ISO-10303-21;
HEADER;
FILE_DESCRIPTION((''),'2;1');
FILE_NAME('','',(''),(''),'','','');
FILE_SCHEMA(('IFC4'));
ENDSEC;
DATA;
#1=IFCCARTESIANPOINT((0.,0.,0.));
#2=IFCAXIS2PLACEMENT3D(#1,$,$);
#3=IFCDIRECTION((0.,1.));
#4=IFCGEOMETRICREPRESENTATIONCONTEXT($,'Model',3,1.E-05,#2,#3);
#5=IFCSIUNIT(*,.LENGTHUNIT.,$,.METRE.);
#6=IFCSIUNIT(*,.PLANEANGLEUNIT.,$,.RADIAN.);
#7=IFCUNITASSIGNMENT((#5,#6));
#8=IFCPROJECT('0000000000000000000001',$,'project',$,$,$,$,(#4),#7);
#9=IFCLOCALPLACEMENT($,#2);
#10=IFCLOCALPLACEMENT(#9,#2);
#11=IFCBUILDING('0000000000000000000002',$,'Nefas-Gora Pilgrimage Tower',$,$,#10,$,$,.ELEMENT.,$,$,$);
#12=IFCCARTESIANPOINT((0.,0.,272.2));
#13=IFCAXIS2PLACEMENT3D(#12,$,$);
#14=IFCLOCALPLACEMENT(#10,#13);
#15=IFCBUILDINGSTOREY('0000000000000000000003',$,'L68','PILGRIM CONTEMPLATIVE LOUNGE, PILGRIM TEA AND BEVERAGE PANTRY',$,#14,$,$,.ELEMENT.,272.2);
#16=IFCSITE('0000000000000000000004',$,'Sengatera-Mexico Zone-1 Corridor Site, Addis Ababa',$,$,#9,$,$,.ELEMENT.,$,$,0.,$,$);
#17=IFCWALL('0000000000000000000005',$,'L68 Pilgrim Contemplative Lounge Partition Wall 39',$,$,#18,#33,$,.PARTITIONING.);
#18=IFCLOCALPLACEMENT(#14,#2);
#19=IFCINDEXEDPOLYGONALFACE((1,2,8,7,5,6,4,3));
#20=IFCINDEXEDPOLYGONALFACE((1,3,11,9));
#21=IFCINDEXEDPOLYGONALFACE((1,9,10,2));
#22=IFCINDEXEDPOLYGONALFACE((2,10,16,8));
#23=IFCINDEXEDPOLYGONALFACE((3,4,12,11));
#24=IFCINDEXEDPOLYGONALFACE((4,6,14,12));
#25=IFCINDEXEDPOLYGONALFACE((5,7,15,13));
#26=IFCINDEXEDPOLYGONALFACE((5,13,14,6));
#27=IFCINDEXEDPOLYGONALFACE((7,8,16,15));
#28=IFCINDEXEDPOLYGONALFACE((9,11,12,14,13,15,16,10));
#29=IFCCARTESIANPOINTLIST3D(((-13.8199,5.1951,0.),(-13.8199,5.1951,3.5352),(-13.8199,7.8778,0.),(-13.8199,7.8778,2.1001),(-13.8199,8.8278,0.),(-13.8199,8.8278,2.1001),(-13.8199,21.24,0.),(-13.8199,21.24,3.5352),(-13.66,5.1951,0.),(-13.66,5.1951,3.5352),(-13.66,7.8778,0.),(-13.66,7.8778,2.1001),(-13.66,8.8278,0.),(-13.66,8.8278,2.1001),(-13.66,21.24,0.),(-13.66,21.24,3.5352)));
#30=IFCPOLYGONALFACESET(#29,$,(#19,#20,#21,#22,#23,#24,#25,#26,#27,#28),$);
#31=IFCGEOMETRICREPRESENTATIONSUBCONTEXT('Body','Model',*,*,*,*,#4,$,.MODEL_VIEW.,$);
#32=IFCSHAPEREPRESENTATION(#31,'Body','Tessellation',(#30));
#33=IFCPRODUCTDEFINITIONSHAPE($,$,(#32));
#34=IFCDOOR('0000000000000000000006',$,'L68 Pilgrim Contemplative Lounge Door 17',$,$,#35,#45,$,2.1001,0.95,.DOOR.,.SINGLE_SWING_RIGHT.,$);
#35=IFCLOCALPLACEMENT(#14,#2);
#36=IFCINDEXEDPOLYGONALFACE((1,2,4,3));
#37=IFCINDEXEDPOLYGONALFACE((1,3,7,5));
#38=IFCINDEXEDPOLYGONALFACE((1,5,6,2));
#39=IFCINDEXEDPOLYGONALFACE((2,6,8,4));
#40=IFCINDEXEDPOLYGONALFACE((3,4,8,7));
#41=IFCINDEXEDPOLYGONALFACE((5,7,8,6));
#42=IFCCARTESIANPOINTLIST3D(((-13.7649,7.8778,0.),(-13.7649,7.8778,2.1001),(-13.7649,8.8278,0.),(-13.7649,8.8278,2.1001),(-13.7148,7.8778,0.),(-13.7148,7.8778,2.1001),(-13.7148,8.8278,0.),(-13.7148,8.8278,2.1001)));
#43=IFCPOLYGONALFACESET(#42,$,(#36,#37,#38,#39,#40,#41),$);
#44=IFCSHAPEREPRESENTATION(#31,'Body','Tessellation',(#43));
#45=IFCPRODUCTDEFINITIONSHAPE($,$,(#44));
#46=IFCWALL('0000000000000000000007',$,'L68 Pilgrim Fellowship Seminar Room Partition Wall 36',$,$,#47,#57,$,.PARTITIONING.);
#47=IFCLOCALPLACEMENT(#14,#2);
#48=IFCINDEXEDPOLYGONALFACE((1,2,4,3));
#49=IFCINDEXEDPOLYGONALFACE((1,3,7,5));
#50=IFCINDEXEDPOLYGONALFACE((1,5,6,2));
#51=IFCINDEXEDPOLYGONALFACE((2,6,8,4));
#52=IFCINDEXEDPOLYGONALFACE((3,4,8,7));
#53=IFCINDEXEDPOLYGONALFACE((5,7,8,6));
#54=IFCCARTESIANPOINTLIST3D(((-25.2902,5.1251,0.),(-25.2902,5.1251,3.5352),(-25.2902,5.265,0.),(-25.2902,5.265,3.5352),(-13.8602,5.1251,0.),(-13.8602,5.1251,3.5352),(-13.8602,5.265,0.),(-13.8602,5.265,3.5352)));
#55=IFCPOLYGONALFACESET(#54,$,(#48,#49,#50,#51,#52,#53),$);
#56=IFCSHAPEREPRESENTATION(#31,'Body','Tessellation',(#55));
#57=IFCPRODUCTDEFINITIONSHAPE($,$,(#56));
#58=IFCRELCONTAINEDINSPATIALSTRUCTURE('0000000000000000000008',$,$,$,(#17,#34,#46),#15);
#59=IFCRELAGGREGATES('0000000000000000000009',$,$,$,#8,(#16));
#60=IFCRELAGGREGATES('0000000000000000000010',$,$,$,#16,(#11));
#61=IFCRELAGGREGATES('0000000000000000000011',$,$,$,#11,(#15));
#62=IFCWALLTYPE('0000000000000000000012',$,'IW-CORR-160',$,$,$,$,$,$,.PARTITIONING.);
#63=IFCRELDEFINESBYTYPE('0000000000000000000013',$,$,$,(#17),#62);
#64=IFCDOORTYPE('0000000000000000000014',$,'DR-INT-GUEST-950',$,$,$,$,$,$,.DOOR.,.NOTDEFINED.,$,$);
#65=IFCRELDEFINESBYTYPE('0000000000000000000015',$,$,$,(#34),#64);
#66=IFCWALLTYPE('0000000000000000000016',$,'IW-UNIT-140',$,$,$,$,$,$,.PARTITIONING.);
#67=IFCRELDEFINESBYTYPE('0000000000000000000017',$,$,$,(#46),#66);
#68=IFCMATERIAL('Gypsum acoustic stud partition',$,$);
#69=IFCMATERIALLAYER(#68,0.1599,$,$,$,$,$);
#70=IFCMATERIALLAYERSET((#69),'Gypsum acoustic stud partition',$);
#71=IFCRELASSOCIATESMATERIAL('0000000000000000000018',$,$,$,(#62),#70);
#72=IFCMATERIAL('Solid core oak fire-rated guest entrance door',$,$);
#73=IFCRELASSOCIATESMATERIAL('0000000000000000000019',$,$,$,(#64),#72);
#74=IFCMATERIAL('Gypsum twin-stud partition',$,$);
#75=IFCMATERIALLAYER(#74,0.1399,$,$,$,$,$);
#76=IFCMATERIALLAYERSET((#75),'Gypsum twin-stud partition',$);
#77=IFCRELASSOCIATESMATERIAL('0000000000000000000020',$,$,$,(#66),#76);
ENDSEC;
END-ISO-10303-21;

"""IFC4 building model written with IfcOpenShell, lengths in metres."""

from ifc_helpers import new_model, si_unit, direction, frame, frame_2d, origin, place, context, subcontext, project, spatial, rectangle, extrude, source, transform, mapped, material, layer, layer_set, type_object, element, fill, save


model = new_model("IFC4")

# Units and contexts
model_context = context("Model", 3, precision=1e-05, world=origin(), true_north=direction((0.0, 1.0)))
body_context = subcontext(model_context, "Body", "Model", "MODEL_VIEW")
ifc_project = project(units=[si_unit("LENGTHUNIT", "METRE"), si_unit("PLANEANGLEUNIT", "RADIAN")], contexts=[model_context])

# Site, building, storey
site_placement = place(None, origin())
site = spatial("IfcSite", under=ifc_project, at=site_placement, Name="Sengatera-Mexico Zone-1 Corridor Site, Addis Ababa", CompositionType="ELEMENT", RefElevation=0.0)
building_placement = place(site_placement, origin())
building = spatial("IfcBuilding", under=site, at=building_placement, Name="Nefas-Gora Pilgrimage Tower", CompositionType="ELEMENT")
storey_placement = place(building_placement, frame((0.0, 0.0, 272.2)))
storey = spatial("IfcBuildingStorey", under=building, at=storey_placement, Name="L68", Description="PILGRIM CONTEMPLATIVE LOUNGE, PILGRIM TEA AND BEVERAGE PANTRY", CompositionType="ELEMENT", Elevation=272.2)

# Wall, opening, door
ifc_material_1 = material(Name="Gypsum acoustic stud partition")
ifc_layer_1 = layer(ifc_material_1, 0.1599)
ifc_layer_set_1 = layer_set([ifc_layer_1], Name="Gypsum acoustic stud partition")
wall_type_1 = type_object("IfcWallType", Name="IW-CORR-160", PredefinedType="PARTITIONING", material=ifc_layer_set_1)
ifc_material_2 = material(Name="Solid core oak fire-rated guest entrance door")
door_type = type_object("IfcDoorType", Name="DR-INT-GUEST-950", OperationType="NOTDEFINED", PredefinedType="DOOR", material=ifc_material_2)
shared_shape_1 = source(origin(), body_context, "Body", "SweptSolid", [
    extrude(rectangle(XDim=0.95, YDim=2.1001, at=frame_2d((0.4751, 1.05))), frame((0.0, 0.0249, 0.0), z_axis=(0.0, -1.0, 0.0), x_axis=(1.0, 0.0, 0.0)), (0.0, 0.0, 1.0), 0.05),
])
shared_shape_2 = source(origin(), body_context, "Body", "SweptSolid", [
    extrude(rectangle(XDim=16.0449, YDim=0.1599, at=frame_2d((8.0225, 0.0))), origin(), (0.0, 0.0, 1.0), 3.5352),
])
wall_1_placement = place(storey_placement, frame((-13.74, 5.1951, 0.0), z_axis=(0.0, 0.0, 1.0), x_axis=(0.0, 1.0, 0.0)))
wall_1 = element("IfcWall", 1, at=wall_1_placement, inside=storey, type_object=wall_type_1, Name="L68 Pilgrim Contemplative Lounge Partition Wall 39", PredefinedType="PARTITIONING", context=body_context, shape_type="MappedRepresentation", body=[
    mapped(shared_shape_2, transform((0.0, 0.0, 0.0), x_axis=(1.0, 0.0, 0.0), y_axis=(0.0, 1.0, 0.0), z_axis=(0.0, 0.0, 1.0), scale=1.0)),
])
opening_1_placement = place(wall_1_placement, frame((2.6826, 0.0, 0.0)))
opening_1 = element("IfcOpeningElement", 2, at=opening_1_placement, cuts=wall_1, PredefinedType="OPENING", context=body_context, shape_type="SweptSolid", body=[
    extrude(rectangle(XDim=0.95, YDim=2.1001, at=frame_2d((0.4751, 1.05))), frame((0.0, 0.0898, 0.0), z_axis=(0.0, -1.0, 0.0), x_axis=(1.0, 0.0, 0.0)), (0.0, 0.0, 1.0), 0.1799),
])
door_1_placement = place(opening_1_placement, origin())
door_1 = element("IfcDoor", 3, at=door_1_placement, inside=storey, type_object=door_type, Name="L68 Pilgrim Contemplative Lounge Door 17", OperationType="SINGLE_SWING_RIGHT", OverallHeight=2.1001, OverallWidth=0.95, PredefinedType="DOOR", context=body_context, shape_type="MappedRepresentation", body=[
    mapped(shared_shape_1, transform((0.0, 0.0, 0.0), x_axis=(1.0, 0.0, 0.0), y_axis=(0.0, 1.0, 0.0), z_axis=(0.0, 0.0, 1.0), scale=1.0)),
])
fill(opening_1, door_1)

# Wall
ifc_material_3 = material(Name="Gypsum twin-stud partition")
ifc_layer_2 = layer(ifc_material_3, 0.1399)
ifc_layer_set_2 = layer_set([ifc_layer_2], Name="Gypsum twin-stud partition")
wall_type_2 = type_object("IfcWallType", Name="IW-UNIT-140", PredefinedType="PARTITIONING", material=ifc_layer_set_2)
shared_shape_3 = source(origin(), body_context, "Body", "SweptSolid", [
    extrude(rectangle(XDim=11.4299, YDim=0.1399, at=frame_2d((5.7148, 0.0))), origin(), (0.0, 0.0, 1.0), 3.5352),
])
wall_2_placement = place(storey_placement, frame((-25.29, 5.1951, 0.0), z_axis=(0.0, 0.0, 1.0), x_axis=(1.0, 0.0, 0.0)))
element("IfcWall", 4, at=wall_2_placement, inside=storey, type_object=wall_type_2, Name="L68 Pilgrim Fellowship Seminar Room Partition Wall 36", PredefinedType="PARTITIONING", context=body_context, shape_type="MappedRepresentation", body=[
    mapped(shared_shape_3, transform((0.0, 0.0, 0.0), x_axis=(1.0, 0.0, 0.0), y_axis=(0.0, 1.0, 0.0), z_axis=(0.0, 0.0, 1.0), scale=1.0)),
])

save(model, "model.ifc")
